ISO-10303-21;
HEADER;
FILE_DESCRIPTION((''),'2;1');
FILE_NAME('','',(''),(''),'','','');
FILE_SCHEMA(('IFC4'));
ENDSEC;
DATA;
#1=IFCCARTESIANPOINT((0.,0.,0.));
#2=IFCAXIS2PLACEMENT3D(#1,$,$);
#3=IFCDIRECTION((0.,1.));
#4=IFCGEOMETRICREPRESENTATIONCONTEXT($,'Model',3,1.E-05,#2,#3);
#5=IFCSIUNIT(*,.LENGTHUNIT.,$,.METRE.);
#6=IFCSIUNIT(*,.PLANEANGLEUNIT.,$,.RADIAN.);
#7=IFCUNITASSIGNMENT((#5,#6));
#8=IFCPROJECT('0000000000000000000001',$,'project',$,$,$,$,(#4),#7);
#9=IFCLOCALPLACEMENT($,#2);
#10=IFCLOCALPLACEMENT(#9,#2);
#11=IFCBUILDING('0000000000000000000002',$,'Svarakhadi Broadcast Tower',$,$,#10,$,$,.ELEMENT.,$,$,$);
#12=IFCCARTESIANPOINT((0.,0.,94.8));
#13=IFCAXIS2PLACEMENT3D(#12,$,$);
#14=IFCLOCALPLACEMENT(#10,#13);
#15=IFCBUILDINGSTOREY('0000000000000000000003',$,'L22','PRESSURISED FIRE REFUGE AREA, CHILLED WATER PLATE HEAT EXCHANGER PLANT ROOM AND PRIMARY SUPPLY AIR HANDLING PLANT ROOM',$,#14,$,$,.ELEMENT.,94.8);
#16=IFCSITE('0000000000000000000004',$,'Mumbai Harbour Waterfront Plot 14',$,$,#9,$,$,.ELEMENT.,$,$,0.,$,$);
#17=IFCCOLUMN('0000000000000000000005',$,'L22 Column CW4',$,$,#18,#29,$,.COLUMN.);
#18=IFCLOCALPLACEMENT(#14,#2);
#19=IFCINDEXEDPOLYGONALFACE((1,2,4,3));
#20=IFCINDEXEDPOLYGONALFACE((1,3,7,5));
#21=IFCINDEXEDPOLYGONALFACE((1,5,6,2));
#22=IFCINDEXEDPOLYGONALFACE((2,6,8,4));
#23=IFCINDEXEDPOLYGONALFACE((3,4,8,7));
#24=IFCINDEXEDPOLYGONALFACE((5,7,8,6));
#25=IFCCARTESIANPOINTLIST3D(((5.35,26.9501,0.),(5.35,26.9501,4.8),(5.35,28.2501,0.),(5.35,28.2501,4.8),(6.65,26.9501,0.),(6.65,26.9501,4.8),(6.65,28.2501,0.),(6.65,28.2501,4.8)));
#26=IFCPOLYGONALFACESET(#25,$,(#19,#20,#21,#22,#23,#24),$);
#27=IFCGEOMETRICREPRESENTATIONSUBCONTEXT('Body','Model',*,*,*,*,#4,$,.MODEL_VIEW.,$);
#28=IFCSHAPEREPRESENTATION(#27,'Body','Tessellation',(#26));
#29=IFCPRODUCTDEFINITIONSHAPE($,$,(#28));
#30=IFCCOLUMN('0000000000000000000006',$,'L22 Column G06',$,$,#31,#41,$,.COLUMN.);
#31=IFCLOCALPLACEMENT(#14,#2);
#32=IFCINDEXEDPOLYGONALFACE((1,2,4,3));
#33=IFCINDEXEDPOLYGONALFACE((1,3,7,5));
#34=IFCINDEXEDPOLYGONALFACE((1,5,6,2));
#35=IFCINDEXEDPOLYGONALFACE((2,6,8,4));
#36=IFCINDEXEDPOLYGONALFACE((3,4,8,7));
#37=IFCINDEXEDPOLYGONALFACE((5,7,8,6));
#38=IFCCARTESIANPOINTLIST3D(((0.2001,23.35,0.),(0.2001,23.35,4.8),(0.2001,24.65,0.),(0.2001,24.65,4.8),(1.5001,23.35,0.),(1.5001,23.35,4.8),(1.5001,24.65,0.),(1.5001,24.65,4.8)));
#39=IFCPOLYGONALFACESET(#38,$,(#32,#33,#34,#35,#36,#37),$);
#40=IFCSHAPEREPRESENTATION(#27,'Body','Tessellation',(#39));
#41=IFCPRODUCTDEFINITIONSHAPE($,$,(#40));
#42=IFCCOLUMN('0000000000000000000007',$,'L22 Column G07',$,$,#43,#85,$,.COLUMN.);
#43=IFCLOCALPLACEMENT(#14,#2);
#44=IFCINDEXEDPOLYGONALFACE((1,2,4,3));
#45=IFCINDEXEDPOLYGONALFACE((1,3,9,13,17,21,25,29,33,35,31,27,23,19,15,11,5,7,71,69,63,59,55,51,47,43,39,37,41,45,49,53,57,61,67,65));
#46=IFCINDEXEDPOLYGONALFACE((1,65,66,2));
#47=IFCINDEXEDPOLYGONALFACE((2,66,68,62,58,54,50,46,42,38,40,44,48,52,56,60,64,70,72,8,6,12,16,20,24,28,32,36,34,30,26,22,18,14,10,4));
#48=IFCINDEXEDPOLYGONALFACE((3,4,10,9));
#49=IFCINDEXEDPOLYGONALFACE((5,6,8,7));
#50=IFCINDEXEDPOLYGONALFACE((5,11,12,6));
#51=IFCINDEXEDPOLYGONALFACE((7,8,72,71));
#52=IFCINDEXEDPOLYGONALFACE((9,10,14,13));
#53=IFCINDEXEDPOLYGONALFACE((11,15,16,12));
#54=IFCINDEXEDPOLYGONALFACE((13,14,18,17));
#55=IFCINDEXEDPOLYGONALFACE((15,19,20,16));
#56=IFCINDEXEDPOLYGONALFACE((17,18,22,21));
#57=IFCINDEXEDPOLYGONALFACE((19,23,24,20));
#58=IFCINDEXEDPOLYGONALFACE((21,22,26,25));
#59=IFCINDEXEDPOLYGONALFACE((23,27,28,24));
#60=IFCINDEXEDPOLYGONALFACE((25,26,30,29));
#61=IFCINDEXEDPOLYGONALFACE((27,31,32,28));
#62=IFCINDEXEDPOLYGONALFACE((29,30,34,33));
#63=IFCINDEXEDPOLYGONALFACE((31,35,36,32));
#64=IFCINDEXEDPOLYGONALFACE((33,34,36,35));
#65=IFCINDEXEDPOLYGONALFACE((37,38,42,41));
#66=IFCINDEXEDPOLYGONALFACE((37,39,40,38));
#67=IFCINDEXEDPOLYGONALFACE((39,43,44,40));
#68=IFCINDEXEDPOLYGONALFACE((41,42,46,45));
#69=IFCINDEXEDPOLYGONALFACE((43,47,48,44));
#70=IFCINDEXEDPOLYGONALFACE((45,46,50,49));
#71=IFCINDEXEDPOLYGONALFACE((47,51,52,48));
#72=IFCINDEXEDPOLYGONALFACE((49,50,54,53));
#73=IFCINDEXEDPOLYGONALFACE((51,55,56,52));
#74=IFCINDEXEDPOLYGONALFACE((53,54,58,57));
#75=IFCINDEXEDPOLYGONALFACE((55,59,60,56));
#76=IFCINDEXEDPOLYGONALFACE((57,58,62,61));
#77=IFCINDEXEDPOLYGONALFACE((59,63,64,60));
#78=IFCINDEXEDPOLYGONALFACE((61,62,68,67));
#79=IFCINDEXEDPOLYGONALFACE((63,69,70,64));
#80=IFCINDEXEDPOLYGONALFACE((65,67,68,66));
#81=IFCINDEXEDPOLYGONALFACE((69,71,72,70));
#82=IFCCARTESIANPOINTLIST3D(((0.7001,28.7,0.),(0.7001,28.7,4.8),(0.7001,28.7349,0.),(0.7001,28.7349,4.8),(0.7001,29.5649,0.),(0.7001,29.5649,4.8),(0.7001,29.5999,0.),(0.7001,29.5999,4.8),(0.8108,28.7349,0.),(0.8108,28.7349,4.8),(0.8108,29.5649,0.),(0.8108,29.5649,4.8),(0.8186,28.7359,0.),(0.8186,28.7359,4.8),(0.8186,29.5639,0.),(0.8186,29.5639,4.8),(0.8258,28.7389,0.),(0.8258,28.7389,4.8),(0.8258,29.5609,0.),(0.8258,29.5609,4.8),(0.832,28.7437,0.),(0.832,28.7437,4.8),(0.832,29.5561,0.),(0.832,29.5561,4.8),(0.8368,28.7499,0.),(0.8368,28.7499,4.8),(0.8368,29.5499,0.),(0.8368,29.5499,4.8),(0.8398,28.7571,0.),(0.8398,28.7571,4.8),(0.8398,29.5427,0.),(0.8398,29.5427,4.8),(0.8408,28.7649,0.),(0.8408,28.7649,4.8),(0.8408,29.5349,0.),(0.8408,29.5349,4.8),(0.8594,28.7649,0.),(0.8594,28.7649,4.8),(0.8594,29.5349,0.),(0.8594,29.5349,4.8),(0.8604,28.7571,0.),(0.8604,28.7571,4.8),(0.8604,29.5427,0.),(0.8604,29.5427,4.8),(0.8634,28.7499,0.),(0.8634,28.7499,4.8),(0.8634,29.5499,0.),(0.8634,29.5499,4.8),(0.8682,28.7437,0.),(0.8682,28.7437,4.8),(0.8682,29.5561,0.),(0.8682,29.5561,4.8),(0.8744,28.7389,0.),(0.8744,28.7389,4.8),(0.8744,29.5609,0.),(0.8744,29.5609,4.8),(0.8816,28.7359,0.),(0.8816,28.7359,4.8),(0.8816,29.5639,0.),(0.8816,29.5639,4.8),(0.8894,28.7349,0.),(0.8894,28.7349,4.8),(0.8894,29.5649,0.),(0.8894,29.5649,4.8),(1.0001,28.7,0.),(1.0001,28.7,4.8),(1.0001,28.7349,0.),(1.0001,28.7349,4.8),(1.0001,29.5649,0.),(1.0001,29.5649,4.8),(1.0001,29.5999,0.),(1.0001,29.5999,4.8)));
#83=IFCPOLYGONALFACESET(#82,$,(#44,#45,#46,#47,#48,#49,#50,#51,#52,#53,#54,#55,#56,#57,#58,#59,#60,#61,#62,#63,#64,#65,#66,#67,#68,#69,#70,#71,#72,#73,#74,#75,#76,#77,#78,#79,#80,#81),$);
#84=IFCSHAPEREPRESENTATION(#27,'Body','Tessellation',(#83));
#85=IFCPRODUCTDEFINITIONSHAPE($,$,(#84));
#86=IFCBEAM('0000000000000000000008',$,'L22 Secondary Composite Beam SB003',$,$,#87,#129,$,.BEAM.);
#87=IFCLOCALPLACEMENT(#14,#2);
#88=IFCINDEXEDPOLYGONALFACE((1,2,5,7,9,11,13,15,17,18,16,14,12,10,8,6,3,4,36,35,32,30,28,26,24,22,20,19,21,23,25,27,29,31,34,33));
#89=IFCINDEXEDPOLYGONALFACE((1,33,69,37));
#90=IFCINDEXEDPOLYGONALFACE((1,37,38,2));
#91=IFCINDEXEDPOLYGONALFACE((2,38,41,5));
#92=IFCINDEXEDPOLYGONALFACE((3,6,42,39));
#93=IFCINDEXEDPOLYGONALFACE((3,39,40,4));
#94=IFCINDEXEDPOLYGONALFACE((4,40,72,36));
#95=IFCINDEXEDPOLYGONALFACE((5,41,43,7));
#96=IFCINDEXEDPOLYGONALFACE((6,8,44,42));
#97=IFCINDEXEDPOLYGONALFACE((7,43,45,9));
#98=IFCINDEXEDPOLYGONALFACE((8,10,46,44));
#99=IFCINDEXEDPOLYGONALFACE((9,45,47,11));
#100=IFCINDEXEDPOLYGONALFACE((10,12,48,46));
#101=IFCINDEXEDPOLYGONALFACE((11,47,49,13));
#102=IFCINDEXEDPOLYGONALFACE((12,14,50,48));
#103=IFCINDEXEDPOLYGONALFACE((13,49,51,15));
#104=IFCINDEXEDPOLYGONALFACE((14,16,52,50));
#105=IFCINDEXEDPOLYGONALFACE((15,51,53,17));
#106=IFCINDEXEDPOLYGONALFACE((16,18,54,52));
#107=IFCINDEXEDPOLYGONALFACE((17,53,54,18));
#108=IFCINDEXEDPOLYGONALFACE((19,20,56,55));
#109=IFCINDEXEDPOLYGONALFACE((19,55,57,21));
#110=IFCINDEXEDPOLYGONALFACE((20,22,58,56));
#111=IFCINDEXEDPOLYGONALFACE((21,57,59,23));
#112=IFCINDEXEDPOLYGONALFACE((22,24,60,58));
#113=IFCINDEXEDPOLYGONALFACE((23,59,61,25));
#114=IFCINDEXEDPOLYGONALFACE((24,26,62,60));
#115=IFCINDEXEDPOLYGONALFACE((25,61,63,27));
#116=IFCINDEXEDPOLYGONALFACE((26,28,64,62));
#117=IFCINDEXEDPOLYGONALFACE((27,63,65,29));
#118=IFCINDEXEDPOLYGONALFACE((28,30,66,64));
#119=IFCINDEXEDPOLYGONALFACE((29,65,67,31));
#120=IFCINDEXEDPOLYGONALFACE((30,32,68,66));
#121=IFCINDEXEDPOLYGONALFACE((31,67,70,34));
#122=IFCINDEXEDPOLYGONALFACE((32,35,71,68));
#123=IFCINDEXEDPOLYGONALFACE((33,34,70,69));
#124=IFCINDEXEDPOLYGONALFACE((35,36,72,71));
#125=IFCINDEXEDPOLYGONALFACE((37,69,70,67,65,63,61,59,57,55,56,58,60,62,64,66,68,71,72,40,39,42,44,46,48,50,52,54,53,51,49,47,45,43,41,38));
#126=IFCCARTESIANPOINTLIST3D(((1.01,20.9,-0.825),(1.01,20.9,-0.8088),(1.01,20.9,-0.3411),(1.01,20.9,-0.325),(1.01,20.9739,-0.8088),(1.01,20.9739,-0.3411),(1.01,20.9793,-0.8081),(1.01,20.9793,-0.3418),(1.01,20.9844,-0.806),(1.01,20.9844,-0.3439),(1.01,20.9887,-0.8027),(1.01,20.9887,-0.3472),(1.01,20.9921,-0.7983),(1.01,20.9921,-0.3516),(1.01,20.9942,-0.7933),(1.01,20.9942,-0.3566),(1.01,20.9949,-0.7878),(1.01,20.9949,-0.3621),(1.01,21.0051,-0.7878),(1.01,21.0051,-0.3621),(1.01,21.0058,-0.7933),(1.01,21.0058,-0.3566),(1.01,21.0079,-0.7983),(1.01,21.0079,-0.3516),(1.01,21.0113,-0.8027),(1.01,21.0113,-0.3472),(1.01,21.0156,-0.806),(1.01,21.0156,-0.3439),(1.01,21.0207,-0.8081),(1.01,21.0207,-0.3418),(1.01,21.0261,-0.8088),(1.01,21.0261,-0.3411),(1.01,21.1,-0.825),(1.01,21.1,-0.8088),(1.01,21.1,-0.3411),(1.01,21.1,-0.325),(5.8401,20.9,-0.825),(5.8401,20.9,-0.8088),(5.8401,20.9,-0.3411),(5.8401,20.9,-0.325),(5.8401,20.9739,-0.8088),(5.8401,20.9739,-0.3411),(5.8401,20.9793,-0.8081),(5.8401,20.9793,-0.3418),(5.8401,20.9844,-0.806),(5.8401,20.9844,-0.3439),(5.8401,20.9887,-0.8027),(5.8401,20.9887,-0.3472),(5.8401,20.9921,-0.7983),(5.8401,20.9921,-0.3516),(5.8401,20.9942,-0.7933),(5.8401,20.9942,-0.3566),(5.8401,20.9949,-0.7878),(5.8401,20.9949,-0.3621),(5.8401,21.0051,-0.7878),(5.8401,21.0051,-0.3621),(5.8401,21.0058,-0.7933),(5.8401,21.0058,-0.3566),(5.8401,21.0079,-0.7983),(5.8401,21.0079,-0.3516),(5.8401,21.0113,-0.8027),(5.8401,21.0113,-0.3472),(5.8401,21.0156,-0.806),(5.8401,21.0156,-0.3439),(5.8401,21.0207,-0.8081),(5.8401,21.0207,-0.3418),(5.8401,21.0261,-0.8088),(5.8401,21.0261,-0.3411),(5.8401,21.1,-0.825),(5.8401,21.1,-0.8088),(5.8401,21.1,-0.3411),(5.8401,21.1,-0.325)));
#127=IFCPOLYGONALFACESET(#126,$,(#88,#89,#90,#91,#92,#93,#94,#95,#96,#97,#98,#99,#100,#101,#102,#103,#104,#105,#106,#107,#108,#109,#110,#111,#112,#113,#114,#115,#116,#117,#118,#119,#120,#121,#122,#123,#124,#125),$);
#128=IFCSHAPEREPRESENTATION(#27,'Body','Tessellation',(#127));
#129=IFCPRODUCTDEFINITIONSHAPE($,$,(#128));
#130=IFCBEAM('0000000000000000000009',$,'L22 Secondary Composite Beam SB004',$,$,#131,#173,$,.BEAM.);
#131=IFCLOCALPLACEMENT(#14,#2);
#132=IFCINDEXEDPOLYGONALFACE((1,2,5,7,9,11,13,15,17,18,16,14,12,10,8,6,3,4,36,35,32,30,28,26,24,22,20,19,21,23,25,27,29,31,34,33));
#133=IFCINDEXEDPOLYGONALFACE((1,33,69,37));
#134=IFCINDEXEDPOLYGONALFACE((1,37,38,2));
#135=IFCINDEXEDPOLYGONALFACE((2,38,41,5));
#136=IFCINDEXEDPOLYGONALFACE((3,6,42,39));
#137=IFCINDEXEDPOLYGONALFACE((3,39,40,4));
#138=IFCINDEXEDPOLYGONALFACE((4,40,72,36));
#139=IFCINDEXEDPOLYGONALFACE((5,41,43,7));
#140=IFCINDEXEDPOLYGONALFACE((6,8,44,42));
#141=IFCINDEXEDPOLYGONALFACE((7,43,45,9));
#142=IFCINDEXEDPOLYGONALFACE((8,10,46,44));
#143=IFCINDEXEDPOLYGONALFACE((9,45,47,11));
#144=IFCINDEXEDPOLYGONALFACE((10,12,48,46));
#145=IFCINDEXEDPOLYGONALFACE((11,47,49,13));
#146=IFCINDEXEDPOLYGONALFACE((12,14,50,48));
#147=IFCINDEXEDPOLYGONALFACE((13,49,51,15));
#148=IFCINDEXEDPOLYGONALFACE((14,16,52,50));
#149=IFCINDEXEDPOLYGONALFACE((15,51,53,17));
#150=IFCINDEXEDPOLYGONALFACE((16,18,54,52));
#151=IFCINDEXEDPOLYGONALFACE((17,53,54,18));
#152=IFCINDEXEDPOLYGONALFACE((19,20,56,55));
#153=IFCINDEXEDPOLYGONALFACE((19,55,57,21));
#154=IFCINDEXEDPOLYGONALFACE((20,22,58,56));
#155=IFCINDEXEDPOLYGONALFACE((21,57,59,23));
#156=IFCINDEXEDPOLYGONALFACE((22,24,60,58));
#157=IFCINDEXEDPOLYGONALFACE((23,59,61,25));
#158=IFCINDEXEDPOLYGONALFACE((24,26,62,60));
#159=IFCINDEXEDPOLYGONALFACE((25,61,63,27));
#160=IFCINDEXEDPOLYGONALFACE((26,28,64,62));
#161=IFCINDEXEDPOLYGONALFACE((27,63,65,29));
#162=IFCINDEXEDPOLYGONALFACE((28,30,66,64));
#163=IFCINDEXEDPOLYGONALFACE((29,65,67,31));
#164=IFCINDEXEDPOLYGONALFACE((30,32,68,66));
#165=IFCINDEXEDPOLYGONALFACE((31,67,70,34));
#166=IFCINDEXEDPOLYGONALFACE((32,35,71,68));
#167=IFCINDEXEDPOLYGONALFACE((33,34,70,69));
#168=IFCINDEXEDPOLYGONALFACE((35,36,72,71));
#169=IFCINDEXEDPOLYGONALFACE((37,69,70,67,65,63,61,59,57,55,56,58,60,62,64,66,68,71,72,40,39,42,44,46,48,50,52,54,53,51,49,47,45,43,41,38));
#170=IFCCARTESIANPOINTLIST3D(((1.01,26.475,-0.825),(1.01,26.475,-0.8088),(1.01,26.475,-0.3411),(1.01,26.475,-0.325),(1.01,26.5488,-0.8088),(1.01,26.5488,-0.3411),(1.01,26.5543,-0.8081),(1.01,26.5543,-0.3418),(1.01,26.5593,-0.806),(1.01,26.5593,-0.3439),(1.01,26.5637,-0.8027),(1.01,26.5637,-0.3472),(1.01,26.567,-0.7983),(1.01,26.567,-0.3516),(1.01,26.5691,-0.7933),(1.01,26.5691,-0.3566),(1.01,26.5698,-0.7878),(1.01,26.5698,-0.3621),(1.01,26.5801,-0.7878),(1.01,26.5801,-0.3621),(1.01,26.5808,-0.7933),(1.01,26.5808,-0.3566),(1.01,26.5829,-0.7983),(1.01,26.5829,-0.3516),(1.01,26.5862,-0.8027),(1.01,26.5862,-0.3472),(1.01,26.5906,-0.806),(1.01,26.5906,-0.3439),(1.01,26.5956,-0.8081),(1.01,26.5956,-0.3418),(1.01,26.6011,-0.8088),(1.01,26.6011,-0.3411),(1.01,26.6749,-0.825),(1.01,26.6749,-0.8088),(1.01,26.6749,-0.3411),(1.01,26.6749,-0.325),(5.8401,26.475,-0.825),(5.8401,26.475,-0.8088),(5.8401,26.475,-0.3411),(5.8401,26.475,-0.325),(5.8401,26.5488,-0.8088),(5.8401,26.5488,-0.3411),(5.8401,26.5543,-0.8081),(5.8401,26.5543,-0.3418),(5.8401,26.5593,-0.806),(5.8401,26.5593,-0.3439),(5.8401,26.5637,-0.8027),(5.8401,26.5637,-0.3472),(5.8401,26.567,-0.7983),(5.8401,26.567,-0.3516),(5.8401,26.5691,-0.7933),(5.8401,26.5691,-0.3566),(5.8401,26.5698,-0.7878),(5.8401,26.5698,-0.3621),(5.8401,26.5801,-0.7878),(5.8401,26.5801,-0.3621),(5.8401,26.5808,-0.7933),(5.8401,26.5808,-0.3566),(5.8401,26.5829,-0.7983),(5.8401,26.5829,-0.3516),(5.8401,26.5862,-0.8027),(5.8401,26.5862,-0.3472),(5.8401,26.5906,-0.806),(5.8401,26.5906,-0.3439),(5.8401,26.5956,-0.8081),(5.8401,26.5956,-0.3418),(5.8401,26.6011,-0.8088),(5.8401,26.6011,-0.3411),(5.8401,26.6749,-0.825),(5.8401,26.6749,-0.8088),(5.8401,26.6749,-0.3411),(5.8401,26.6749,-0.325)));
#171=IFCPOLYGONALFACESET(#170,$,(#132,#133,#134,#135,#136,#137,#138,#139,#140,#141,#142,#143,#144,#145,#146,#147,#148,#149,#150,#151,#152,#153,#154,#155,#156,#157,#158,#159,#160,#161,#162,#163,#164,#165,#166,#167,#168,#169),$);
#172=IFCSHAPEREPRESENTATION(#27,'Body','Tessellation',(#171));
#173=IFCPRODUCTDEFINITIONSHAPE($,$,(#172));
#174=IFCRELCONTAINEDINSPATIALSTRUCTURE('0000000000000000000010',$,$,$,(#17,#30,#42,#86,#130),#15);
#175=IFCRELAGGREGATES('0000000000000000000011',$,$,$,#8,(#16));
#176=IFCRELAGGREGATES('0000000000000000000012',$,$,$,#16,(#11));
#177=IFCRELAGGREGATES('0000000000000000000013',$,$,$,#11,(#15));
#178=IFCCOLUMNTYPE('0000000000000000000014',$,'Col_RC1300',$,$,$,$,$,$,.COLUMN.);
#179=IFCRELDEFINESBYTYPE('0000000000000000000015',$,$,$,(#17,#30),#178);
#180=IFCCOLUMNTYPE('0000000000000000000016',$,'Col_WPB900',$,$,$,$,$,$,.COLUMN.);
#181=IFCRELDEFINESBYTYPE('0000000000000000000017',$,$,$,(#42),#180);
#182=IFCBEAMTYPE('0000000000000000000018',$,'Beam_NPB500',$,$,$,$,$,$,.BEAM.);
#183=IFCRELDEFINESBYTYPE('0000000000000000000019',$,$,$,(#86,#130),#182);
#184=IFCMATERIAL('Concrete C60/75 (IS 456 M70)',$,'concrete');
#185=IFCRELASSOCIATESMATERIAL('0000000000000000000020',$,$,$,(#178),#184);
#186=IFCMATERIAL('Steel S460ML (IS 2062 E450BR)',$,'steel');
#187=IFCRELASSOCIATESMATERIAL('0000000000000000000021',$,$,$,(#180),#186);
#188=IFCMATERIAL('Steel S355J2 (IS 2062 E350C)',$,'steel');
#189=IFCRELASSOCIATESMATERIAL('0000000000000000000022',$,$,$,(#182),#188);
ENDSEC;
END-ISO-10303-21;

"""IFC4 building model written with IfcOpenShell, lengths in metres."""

from ifc_helpers import new_model, si_unit, direction, frame, origin, origin_2d, place, context, subcontext, project, spatial, rectangle, i_section, extrude, material, material_profile, profile_set, type_object, element, save


model = new_model("IFC4")

# Units and contexts
model_context = context("Model", 3, precision=1e-05, world=origin(), true_north=direction((0.0, 1.0)))
body_context = subcontext(model_context, "Body", "Model", "MODEL_VIEW")
ifc_project = project(units=[si_unit("LENGTHUNIT", "METRE"), si_unit("PLANEANGLEUNIT", "RADIAN")], contexts=[model_context])

# Site, building, storey
site_placement = place(None, origin())
site = spatial("IfcSite", under=ifc_project, at=site_placement, Name="Mumbai Harbour Waterfront Plot 14", CompositionType="ELEMENT", RefElevation=0.0)
building_placement = place(site_placement, origin())
building = spatial("IfcBuilding", under=site, at=building_placement, Name="Svarakhadi Broadcast Tower", CompositionType="ELEMENT")
storey_placement = place(building_placement, frame((0.0, 0.0, 94.8)))
storey = spatial("IfcBuildingStorey", under=building, at=storey_placement, Name="L22", Description="PRESSURISED FIRE REFUGE AREA, CHILLED WATER PLATE HEAT EXCHANGER PLANT ROOM AND PRIMARY SUPPLY AIR HANDLING PLANT ROOM", CompositionType="ELEMENT", Elevation=94.8)

# Columns
ifc_material_1 = material(Name="Concrete C60/75 (IS 456 M70)", Category="concrete")
ifc_material_profile_1 = material_profile(ifc_material_1, rectangle(XDim=1.3, YDim=1.3, at=origin_2d()), Name="RC 1300x1300")
ifc_profile_set_1 = profile_set([ifc_material_profile_1], Name="Concrete C60/75 (IS 456 M70)")
column_type_1 = type_object("IfcColumnType", Name="Col_RC1300", PredefinedType="COLUMN", material=ifc_profile_set_1)
for number, where, z_axis, x_axis, name in (
    (1, (6.0, 27.6001, 0.0), (0.0, 0.0, 1.0), (1.0, 0.0, 0.0), "L22 Column CW4"),
    (2, (0.8501, 24.0, 0.0), (0.0, 0.0, 1.0), (1.0, 0.0, 0.0), "L22 Column G06"),
):
    element("IfcColumn", number, at=place(storey_placement, frame(where, z_axis=z_axis, x_axis=x_axis)), inside=storey, type_object=column_type_1, Name=name, PredefinedType="COLUMN", context=body_context, shape_type="SweptSolid", body=[
        extrude(rectangle(XDim=1.3, YDim=1.3, at=origin_2d()), origin(), (0.0, 0.0, 1.0), 4.8),
    ])
ifc_material_2 = material(Name="Steel S460ML (IS 2062 E450BR)", Category="steel")
ifc_material_profile_2 = material_profile(ifc_material_2, i_section(OverallWidth=0.3, OverallDepth=0.8999, WebThickness=0.0186, FlangeThickness=0.0349, FilletRadius=0.03, at=origin_2d()), Name="WPB 900x300x291")
ifc_profile_set_2 = profile_set([ifc_material_profile_2], Name="Steel S460ML (IS 2062 E450BR)")
column_type_2 = type_object("IfcColumnType", Name="Col_WPB900", PredefinedType="COLUMN", material=ifc_profile_set_2)
column_placement = place(storey_placement, frame((0.8501, 29.1499, 0.0), z_axis=(0.0, 0.0, 1.0), x_axis=(1.0, 0.0, 0.0)))
element("IfcColumn", 3, at=column_placement, inside=storey, type_object=column_type_2, Name="L22 Column G07", PredefinedType="COLUMN", context=body_context, shape_type="SweptSolid", body=[
    extrude(i_section(OverallWidth=0.3, OverallDepth=0.8999, WebThickness=0.0186, FlangeThickness=0.0349, FilletRadius=0.03, at=origin_2d()), origin(), (0.0, 0.0, 1.0), 4.8),
])

# Beams
ifc_material_3 = material(Name="Steel S355J2 (IS 2062 E350C)", Category="steel")
ifc_material_profile_3 = material_profile(ifc_material_3, i_section(OverallWidth=0.2, OverallDepth=0.5, WebThickness=0.0103, FlangeThickness=0.0161, FilletRadius=0.021, at=origin_2d()), Name="NPB 500x200x91")
ifc_profile_set_3 = profile_set([ifc_material_profile_3], Name="Steel S355J2 (IS 2062 E350C)")
beam_type_1 = type_object("IfcBeamType", Name="Beam_NPB500", PredefinedType="BEAM", material=ifc_profile_set_3)
for number, where, z_axis, x_axis, name in (
    (4, (1.01, 21.0, -0.575), (1.0, 0.0, 0.0), (0.0, 1.0, 0.0), "L22 Secondary Composite Beam SB003"),
    (5, (1.01, 26.575, -0.575), (1.0, 0.0, 0.0), (0.0, 1.0, 0.0), "L22 Secondary Composite Beam SB004"),
):
    element("IfcBeam", number, at=place(storey_placement, frame(where, z_axis=z_axis, x_axis=x_axis)), inside=storey, type_object=beam_type_1, Name=name, PredefinedType="BEAM", context=body_context, shape_type="SweptSolid", body=[
        extrude(i_section(OverallWidth=0.2, OverallDepth=0.5, WebThickness=0.0103, FlangeThickness=0.0161, FilletRadius=0.021, at=origin_2d()), origin(), (0.0, 0.0, 1.0), 4.8301),
    ])

save(model, "model.ifc")
